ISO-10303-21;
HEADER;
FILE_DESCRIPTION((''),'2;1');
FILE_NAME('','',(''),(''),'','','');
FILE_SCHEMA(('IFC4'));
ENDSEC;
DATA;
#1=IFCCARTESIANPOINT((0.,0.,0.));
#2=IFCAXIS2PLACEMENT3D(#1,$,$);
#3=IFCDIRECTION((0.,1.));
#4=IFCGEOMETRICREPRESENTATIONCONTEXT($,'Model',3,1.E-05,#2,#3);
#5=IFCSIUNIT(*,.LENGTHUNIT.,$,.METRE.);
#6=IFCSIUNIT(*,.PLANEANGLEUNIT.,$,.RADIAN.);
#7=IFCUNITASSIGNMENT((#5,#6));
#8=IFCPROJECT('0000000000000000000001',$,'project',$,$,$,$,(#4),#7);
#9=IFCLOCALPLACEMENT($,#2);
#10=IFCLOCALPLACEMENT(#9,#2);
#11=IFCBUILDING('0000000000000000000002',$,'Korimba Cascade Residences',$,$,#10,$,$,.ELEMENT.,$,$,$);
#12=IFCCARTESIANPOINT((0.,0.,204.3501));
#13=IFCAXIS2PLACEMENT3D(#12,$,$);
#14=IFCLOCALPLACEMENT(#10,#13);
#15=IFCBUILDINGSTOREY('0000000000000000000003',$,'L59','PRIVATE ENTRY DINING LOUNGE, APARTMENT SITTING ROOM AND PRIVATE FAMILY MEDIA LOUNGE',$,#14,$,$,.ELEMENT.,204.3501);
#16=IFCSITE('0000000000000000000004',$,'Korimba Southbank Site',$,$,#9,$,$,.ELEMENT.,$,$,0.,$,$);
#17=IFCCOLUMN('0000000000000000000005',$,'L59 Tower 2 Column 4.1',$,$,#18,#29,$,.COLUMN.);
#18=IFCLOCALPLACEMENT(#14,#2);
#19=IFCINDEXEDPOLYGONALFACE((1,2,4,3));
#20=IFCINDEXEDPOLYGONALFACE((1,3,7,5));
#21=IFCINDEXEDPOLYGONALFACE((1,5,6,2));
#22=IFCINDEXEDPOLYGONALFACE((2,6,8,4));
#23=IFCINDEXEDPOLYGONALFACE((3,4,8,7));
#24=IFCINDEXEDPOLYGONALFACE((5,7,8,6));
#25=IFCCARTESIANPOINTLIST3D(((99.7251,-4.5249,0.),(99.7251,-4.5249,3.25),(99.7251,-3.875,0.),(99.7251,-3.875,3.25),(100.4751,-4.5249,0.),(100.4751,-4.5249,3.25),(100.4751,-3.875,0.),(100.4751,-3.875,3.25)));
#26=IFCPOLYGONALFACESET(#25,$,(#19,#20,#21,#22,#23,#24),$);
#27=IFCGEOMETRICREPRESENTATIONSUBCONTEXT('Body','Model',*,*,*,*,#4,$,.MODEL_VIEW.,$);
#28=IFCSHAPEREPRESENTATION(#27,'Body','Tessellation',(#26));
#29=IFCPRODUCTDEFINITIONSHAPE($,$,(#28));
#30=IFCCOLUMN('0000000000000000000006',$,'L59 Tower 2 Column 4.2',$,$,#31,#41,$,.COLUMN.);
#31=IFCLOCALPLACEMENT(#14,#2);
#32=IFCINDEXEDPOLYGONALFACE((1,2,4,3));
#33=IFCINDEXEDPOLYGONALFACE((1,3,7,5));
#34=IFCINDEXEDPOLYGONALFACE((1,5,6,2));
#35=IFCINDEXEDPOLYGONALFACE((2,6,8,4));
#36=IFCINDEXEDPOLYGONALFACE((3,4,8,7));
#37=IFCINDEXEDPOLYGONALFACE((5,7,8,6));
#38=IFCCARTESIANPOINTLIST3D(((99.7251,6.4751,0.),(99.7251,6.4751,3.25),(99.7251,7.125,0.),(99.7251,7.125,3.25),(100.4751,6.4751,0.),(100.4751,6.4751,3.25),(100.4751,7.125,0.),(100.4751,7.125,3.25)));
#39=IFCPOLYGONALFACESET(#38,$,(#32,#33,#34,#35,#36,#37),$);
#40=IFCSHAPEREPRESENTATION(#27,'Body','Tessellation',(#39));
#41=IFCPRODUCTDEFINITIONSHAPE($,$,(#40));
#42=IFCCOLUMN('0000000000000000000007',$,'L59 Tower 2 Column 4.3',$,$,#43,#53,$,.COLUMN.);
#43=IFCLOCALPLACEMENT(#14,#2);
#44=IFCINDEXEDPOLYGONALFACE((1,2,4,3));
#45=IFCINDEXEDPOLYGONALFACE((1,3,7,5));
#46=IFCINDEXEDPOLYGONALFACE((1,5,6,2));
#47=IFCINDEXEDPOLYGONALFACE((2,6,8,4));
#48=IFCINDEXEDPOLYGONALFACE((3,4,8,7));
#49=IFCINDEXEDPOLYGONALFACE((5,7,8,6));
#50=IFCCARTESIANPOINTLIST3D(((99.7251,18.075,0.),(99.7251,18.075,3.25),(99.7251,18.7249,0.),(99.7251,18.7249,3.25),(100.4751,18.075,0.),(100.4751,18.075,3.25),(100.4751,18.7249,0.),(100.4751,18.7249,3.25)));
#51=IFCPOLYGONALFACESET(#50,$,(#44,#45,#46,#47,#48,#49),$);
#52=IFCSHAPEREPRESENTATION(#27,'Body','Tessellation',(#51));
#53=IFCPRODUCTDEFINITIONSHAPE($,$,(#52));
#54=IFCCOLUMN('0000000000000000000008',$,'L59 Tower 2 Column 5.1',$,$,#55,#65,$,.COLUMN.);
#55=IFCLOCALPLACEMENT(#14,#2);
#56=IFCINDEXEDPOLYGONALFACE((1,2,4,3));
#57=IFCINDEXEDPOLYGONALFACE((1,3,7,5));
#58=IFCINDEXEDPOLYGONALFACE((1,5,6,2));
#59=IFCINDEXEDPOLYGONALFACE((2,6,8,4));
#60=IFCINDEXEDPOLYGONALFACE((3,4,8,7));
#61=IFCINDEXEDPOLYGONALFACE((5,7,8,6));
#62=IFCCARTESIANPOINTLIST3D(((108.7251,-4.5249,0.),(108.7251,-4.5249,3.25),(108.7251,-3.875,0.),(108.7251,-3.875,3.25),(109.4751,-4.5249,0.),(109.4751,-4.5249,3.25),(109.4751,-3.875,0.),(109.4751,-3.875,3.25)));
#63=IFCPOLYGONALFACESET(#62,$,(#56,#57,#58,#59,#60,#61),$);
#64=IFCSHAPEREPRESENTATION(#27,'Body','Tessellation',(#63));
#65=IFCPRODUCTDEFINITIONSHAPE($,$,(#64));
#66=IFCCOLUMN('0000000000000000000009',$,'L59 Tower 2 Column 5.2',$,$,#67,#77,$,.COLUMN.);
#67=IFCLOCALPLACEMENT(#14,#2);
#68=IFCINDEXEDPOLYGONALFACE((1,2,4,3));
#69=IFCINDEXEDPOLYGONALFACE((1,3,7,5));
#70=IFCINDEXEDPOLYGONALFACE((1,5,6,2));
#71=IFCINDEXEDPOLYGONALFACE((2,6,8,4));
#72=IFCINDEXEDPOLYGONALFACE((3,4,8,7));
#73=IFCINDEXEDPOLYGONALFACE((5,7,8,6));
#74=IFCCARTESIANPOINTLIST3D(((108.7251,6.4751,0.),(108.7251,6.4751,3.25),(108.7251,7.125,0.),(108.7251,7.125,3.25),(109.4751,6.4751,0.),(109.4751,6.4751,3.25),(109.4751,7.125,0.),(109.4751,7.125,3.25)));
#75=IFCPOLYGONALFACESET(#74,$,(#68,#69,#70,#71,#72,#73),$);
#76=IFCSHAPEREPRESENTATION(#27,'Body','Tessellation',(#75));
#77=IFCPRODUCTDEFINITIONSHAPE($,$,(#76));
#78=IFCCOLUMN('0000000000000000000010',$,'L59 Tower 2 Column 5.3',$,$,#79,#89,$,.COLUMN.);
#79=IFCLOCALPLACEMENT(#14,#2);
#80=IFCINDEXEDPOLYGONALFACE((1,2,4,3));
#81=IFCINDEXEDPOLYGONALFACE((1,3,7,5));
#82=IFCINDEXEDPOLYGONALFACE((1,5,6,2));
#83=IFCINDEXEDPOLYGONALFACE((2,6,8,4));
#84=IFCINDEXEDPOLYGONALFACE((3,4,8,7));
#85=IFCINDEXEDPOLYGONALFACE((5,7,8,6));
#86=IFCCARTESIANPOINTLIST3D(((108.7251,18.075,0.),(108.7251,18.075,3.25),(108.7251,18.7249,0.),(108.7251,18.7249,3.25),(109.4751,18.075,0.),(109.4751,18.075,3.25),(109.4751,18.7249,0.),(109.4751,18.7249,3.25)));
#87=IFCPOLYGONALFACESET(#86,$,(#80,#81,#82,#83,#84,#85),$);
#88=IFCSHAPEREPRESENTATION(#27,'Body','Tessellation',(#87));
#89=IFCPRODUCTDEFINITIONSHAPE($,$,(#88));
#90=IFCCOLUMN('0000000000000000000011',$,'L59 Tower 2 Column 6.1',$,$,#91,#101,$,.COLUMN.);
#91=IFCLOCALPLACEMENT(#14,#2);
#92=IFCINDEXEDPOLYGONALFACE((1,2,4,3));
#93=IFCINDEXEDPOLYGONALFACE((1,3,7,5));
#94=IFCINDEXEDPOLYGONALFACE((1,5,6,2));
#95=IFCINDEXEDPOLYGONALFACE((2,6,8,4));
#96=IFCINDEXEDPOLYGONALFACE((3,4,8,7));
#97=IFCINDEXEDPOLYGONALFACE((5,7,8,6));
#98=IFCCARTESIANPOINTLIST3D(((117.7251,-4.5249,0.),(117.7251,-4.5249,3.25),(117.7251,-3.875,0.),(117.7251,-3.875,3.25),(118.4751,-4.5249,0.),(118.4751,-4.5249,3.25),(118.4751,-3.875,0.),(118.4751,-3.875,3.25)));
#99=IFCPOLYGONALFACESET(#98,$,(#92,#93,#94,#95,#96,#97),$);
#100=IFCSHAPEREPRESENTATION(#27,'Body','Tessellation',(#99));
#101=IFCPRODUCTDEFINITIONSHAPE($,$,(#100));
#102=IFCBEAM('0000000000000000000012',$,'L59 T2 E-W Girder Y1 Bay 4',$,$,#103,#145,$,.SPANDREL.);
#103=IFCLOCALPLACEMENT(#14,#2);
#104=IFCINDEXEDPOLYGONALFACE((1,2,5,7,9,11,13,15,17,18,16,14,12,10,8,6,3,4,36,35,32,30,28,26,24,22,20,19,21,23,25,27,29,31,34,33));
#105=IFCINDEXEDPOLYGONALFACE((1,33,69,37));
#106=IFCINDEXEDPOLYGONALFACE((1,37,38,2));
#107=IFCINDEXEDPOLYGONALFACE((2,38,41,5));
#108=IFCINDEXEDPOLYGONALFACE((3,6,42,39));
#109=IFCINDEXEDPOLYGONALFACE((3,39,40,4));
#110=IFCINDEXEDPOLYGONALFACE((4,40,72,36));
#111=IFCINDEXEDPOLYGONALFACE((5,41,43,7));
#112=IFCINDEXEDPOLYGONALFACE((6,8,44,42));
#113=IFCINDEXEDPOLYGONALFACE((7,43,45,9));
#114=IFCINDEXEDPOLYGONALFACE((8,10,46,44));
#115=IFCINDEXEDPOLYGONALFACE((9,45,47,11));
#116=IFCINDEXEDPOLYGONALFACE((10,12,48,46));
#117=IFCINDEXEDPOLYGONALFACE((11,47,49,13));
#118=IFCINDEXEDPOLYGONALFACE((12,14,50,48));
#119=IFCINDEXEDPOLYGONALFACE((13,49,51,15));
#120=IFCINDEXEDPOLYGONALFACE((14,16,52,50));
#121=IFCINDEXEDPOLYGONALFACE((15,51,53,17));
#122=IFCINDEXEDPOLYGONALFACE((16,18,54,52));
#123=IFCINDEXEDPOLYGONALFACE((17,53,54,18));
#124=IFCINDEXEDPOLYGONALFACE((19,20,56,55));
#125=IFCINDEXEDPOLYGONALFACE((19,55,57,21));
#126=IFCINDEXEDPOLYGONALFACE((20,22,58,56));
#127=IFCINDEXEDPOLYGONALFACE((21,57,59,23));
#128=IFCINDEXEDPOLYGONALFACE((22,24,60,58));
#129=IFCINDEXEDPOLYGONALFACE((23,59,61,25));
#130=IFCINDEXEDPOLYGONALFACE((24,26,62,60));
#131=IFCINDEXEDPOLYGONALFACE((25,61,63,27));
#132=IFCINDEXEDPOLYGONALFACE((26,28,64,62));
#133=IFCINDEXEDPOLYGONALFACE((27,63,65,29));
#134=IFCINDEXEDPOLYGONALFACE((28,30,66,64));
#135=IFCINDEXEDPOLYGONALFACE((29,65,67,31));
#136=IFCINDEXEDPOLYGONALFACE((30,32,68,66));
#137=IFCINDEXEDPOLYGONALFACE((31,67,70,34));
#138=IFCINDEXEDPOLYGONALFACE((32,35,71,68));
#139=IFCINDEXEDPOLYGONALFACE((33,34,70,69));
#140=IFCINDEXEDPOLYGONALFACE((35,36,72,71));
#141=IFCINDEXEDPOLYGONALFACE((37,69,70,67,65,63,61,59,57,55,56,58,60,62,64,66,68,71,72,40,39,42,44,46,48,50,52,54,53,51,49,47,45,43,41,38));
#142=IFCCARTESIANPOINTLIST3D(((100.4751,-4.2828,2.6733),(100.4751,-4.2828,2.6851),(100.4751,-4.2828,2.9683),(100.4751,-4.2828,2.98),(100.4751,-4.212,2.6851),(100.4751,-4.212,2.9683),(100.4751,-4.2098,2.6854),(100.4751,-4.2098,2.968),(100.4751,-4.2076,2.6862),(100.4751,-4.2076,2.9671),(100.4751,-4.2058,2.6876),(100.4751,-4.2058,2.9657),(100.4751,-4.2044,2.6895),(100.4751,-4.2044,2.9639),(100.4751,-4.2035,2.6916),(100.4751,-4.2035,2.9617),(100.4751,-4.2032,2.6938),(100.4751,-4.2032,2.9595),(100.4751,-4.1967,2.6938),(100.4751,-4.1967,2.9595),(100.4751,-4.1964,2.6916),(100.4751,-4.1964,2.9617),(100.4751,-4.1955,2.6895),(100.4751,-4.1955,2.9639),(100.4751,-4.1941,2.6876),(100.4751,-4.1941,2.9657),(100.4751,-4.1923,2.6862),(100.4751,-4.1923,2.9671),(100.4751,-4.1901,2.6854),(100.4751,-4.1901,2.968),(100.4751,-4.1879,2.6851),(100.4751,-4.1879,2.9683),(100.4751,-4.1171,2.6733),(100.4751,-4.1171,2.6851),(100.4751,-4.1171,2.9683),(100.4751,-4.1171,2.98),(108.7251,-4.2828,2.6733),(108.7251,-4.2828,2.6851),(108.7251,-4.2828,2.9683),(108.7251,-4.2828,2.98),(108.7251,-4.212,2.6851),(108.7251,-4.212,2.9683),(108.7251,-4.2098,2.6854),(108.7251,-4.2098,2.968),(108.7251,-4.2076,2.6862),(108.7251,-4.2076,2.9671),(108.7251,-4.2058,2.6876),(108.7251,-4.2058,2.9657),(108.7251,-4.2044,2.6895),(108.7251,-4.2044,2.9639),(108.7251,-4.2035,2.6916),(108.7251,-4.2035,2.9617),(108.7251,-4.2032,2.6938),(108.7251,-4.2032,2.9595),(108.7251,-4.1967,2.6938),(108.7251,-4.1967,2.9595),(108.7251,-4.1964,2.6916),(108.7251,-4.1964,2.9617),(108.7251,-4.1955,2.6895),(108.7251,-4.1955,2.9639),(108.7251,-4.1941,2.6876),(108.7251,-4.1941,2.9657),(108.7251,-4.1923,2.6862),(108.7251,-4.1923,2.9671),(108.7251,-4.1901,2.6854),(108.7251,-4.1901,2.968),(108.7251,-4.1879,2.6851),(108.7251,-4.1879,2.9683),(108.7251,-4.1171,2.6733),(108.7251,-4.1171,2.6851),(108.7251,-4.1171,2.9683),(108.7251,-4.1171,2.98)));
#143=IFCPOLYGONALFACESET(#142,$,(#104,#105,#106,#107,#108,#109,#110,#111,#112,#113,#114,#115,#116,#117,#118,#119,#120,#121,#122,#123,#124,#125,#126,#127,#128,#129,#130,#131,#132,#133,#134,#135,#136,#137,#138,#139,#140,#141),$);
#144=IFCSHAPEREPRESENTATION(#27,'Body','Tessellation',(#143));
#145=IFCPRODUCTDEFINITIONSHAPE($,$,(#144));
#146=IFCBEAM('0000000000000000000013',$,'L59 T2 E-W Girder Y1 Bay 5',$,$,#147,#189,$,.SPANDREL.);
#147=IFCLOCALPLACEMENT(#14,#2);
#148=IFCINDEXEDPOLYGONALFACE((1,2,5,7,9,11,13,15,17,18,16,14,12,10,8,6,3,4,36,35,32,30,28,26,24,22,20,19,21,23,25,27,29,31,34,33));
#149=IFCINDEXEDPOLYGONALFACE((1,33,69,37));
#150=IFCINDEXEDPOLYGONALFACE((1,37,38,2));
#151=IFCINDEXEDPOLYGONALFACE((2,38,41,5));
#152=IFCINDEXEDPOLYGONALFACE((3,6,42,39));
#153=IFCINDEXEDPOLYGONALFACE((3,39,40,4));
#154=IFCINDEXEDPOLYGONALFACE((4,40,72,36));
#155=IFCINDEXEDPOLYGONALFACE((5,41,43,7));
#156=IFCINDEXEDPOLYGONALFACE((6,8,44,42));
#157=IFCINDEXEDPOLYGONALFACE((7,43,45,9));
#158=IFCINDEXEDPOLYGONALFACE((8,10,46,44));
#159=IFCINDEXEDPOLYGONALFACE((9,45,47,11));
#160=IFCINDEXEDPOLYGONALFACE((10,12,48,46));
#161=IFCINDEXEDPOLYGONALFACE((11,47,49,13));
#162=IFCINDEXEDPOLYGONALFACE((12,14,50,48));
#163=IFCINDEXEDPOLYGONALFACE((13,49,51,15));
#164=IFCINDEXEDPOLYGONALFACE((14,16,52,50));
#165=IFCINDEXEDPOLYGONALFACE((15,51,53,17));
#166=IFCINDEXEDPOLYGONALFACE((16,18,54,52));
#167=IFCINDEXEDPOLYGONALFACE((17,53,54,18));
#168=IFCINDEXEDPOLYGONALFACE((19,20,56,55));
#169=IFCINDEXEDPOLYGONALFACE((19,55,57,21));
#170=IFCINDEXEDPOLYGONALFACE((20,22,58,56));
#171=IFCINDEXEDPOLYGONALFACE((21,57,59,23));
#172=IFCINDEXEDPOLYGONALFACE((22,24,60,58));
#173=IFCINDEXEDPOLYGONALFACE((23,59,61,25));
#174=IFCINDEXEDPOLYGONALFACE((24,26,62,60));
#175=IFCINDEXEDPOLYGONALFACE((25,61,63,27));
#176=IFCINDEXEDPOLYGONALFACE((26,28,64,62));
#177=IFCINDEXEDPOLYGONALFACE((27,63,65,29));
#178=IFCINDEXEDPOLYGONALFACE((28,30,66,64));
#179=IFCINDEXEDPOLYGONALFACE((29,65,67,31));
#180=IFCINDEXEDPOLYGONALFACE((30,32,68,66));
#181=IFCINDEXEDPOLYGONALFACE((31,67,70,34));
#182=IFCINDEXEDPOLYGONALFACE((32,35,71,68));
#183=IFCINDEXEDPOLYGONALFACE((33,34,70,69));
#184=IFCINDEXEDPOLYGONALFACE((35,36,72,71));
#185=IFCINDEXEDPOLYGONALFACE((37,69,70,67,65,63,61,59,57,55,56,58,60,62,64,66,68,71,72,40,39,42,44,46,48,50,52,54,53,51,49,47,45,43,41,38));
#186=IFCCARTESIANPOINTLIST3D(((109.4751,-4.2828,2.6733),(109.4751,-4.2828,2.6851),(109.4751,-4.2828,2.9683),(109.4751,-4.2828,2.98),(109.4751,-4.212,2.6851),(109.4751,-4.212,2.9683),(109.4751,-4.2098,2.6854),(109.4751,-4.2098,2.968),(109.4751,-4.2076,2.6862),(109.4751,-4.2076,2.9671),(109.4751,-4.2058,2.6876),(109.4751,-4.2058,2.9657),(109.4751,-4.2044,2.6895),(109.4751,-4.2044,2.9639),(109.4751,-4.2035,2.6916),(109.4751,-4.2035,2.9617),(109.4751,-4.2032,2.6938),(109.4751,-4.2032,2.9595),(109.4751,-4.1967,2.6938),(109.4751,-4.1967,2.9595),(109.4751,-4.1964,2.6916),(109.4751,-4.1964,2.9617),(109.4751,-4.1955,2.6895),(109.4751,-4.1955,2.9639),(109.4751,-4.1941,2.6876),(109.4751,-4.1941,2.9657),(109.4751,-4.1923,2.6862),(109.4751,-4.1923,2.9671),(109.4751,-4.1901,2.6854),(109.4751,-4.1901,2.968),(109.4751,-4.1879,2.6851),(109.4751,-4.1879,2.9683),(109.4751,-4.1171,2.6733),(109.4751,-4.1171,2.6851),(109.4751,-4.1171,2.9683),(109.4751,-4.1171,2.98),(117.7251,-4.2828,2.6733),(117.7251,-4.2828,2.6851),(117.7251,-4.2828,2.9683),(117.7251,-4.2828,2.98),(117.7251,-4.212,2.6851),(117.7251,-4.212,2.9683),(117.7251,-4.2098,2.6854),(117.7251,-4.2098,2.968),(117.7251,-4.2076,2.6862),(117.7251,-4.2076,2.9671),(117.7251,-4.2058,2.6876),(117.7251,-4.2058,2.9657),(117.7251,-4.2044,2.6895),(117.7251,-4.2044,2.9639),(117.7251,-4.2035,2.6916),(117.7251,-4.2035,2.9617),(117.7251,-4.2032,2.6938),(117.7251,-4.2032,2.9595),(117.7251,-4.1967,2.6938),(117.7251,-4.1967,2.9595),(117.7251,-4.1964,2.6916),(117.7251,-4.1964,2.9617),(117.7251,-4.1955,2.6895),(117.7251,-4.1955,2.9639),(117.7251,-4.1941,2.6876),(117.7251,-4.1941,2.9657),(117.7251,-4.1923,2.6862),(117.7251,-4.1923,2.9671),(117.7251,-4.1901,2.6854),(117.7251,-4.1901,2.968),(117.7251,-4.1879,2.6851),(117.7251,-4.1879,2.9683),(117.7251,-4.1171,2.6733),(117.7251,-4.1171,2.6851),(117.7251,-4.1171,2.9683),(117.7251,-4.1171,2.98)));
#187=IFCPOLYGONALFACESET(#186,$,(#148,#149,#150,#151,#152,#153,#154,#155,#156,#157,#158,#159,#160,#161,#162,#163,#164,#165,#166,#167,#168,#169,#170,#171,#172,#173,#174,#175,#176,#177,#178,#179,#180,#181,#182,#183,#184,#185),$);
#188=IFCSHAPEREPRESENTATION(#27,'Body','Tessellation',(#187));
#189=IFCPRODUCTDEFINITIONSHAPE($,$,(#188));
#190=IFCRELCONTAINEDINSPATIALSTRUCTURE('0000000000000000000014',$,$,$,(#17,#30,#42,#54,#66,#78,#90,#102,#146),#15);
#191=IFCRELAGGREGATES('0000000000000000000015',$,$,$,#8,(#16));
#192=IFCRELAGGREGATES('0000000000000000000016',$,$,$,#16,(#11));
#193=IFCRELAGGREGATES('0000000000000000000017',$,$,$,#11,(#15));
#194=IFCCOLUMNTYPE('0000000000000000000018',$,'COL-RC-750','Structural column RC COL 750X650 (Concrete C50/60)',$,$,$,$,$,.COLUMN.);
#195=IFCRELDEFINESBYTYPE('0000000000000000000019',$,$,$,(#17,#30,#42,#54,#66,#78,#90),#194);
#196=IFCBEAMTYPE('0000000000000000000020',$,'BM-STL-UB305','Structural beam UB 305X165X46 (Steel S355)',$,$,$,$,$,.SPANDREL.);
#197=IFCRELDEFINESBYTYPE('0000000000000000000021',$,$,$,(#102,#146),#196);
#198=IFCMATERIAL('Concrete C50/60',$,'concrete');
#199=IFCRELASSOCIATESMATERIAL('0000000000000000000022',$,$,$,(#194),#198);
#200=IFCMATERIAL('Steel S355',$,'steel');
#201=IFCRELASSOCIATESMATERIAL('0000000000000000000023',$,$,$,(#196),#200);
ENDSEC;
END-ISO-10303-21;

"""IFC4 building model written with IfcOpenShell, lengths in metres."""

from ifc_helpers import new_model, si_unit, direction, frame, origin, origin_2d, place, context, subcontext, project, spatial, rectangle, i_section, extrude, material, material_profile, profile_set, type_object, element, save


model = new_model("IFC4")

# Units and contexts
model_context = context("Model", 3, precision=1e-05, world=origin(), true_north=direction((0.0, 1.0)))
body_context = subcontext(model_context, "Body", "Model", "MODEL_VIEW")
ifc_project = project(units=[si_unit("LENGTHUNIT", "METRE"), si_unit("PLANEANGLEUNIT", "RADIAN")], contexts=[model_context])

# Site, building, storey
site_placement = place(None, origin())
site = spatial("IfcSite", under=ifc_project, at=site_placement, Name="Korimba Southbank Site", CompositionType="ELEMENT", RefElevation=0.0)
building_placement = place(site_placement, origin())
building = spatial("IfcBuilding", under=site, at=building_placement, Name="Korimba Cascade Residences", CompositionType="ELEMENT")
storey_placement = place(building_placement, frame((0.0, 0.0, 204.3501)))
storey = spatial("IfcBuildingStorey", under=building, at=storey_placement, Name="L59", Description="PRIVATE ENTRY DINING LOUNGE, APARTMENT SITTING ROOM AND PRIVATE FAMILY MEDIA LOUNGE", CompositionType="ELEMENT", Elevation=204.3501)

# Columns
ifc_material_1 = material(Name="Concrete C50/60", Category="concrete")
ifc_material_profile_1 = material_profile(ifc_material_1, rectangle(XDim=0.75, YDim=0.6499, at=origin_2d()), Name="Concrete C50/60")
ifc_profile_set_1 = profile_set([ifc_material_profile_1], Name="Concrete C50/60")
column_type = type_object("IfcColumnType", Name="COL-RC-750", Description="Structural column RC COL 750X650 (Concrete C50/60)", PredefinedType="COLUMN", material=ifc_profile_set_1)
for number, where, z_axis, x_axis, name in (
    (1, (100.1001, -4.2, 0.0), (0.0, 0.0, 1.0), (1.0, 0.0, 0.0), "L59 Tower 2 Column 4.1"),
    (2, (100.1001, 6.8, 0.0), (0.0, 0.0, 1.0), (1.0, 0.0, 0.0), "L59 Tower 2 Column 4.2"),
    (3, (100.1001, 18.3999, 0.0), (0.0, 0.0, 1.0), (1.0, 0.0, 0.0), "L59 Tower 2 Column 4.3"),
    (4, (109.1001, -4.2, 0.0), (0.0, 0.0, 1.0), (1.0, 0.0, 0.0), "L59 Tower 2 Column 5.1"),
    (5, (109.1001, 6.8, 0.0), (0.0, 0.0, 1.0), (1.0, 0.0, 0.0), "L59 Tower 2 Column 5.2"),
    (6, (109.1001, 18.3999, 0.0), (0.0, 0.0, 1.0), (1.0, 0.0, 0.0), "L59 Tower 2 Column 5.3"),
    (7, (118.1001, -4.2, 0.0), (0.0, 0.0, 1.0), (1.0, 0.0, 0.0), "L59 Tower 2 Column 6.1"),
):
    element("IfcColumn", number, at=place(storey_placement, frame(where, z_axis=z_axis, x_axis=x_axis)), inside=storey, type_object=column_type, Name=name, PredefinedType="COLUMN", context=body_context, shape_type="SweptSolid", body=[
        extrude(rectangle(XDim=0.75, YDim=0.6499, at=origin_2d()), origin(), (0.0, 0.0, 1.0), 3.25),
    ])

# Beams
ifc_material_2 = material(Name="Steel S355", Category="steel")
ifc_material_profile_2 = material_profile(ifc_material_2, i_section(OverallWidth=0.1658, OverallDepth=0.3066, WebThickness=0.0066, FlangeThickness=0.0117, FilletRadius=0.0088, at=origin_2d()), Name="Steel S355")
ifc_profile_set_2 = profile_set([ifc_material_profile_2], Name="Steel S355")
beam_type_1 = type_object("IfcBeamType", Name="BM-STL-UB305", Description="Structural beam UB 305X165X46 (Steel S355)", PredefinedType="SPANDREL", material=ifc_profile_set_2)
for number, where, z_axis, x_axis, name in (
    (8, (100.4751, -4.2, 2.8267), (1.0, 0.0, 0.0), (0.0, 1.0, 0.0), "L59 T2 E-W Girder Y1 Bay 4"),
    (9, (109.4751, -4.2, 2.8267), (1.0, 0.0, 0.0), (0.0, 1.0, 0.0), "L59 T2 E-W Girder Y1 Bay 5"),
):
    element("IfcBeam", number, at=place(storey_placement, frame(where, z_axis=z_axis, x_axis=x_axis)), inside=storey, type_object=beam_type_1, Name=name, PredefinedType="SPANDREL", context=body_context, shape_type="SweptSolid", body=[
        extrude(i_section(OverallWidth=0.1658, OverallDepth=0.3066, WebThickness=0.0066, FlangeThickness=0.0117, FilletRadius=0.0088, at=origin_2d()), origin(), (0.0, 0.0, 1.0), 8.25),
    ])

save(model, "model.ifc")
